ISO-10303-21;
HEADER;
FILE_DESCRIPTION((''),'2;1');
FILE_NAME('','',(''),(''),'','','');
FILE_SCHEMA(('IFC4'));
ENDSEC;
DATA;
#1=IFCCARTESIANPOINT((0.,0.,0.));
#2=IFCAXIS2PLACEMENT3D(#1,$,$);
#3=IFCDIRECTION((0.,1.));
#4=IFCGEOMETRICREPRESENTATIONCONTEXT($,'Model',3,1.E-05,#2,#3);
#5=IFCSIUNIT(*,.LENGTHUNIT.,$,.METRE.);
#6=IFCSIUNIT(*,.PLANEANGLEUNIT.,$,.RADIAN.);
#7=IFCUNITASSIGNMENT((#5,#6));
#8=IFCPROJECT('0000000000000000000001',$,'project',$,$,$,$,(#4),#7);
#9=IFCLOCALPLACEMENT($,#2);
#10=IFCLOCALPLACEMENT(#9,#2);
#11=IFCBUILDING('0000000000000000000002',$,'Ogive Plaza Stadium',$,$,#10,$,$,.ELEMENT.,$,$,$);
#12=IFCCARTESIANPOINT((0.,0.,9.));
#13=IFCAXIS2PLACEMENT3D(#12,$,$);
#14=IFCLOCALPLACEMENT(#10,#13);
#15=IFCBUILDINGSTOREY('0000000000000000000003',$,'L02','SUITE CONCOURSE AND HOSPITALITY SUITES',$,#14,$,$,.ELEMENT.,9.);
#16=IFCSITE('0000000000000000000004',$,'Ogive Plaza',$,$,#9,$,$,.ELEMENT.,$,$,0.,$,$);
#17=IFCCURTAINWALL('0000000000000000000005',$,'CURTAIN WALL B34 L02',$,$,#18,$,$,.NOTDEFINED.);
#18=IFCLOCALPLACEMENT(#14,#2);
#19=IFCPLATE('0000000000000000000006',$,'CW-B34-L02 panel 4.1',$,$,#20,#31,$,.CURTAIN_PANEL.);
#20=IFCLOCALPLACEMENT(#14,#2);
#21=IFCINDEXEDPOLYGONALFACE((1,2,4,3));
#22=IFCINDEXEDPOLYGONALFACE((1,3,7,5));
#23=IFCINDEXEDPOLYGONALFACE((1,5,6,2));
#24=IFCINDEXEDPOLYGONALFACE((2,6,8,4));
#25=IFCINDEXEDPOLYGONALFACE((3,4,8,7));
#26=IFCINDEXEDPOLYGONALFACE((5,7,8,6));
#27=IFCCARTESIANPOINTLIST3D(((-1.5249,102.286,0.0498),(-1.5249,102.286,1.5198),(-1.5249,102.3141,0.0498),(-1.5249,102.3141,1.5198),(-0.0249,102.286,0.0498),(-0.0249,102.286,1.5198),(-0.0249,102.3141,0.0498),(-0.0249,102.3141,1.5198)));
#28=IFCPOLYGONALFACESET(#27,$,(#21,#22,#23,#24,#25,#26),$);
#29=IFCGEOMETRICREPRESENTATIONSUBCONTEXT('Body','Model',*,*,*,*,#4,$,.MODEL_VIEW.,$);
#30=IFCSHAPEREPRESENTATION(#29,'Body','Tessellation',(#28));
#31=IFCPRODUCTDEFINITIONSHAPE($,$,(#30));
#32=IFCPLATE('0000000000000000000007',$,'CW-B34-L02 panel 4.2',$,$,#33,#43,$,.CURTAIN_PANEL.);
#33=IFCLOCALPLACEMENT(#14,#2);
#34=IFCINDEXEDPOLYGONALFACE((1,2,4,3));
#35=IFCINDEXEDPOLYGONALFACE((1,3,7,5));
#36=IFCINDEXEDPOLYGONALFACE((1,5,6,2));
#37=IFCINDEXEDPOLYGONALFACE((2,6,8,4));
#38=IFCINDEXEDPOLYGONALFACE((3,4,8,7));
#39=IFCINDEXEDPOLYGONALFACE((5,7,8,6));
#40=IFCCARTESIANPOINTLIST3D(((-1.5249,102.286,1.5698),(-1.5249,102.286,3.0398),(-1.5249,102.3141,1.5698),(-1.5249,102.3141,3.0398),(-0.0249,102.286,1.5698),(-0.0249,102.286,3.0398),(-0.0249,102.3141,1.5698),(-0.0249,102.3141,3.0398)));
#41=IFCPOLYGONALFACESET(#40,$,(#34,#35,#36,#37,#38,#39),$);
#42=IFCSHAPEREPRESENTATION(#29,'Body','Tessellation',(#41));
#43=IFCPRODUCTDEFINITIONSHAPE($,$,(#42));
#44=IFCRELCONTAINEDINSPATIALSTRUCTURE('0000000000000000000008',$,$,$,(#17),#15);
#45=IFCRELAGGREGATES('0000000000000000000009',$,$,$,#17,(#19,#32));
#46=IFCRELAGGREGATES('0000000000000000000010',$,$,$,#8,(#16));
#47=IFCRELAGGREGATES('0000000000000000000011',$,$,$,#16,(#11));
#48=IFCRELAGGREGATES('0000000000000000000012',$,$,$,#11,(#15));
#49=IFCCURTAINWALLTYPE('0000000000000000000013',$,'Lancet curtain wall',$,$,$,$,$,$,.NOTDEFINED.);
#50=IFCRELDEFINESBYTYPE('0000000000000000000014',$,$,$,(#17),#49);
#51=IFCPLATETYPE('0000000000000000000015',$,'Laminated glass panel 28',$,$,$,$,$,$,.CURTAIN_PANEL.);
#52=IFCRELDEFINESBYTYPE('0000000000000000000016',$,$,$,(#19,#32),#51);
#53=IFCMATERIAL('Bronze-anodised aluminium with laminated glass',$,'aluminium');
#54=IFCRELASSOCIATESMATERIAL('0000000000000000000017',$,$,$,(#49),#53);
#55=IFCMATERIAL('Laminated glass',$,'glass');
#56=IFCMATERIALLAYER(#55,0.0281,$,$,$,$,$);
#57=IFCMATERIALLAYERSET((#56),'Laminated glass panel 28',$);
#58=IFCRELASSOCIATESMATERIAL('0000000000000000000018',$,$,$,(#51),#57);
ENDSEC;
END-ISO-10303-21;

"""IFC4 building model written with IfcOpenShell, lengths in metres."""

from ifc_helpers import new_model, si_unit, direction, frame, origin, origin_2d, place, context, subcontext, project, spatial, rectangle, extrude, material, layer, layer_set, type_object, element, aggregate, save


model = new_model("IFC4")

# Units and contexts
model_context = context("Model", 3, precision=1e-05, world=origin(), true_north=direction((0.0, 1.0)))
body_context = subcontext(model_context, "Body", "Model", "MODEL_VIEW")
ifc_project = project(units=[si_unit("LENGTHUNIT", "METRE"), si_unit("PLANEANGLEUNIT", "RADIAN")], contexts=[model_context])

# Site, building, storey
site_placement = place(None, origin())
site = spatial("IfcSite", under=ifc_project, at=site_placement, Name="Ogive Plaza", CompositionType="ELEMENT", RefElevation=0.0)
building_placement = place(site_placement, origin())
building = spatial("IfcBuilding", under=site, at=building_placement, Name="Ogive Plaza Stadium", CompositionType="ELEMENT")
storey_placement = place(building_placement, frame((0.0, 0.0, 9.0)))
storey = spatial("IfcBuildingStorey", under=building, at=storey_placement, Name="L02", Description="SUITE CONCOURSE AND HOSPITALITY SUITES", CompositionType="ELEMENT", Elevation=9.0)

# Shared definitions
ifc_material_1 = material(Name="Bronze-anodised aluminium with laminated glass", Category="aluminium")
curtain_wall_type = type_object("IfcCurtainWallType", Name="Lancet curtain wall", PredefinedType="NOTDEFINED", material=ifc_material_1)

# Curtain wall
curtain_wall_1_placement = place(storey_placement, origin())
curtain_wall_1 = element("IfcCurtainWall", 1, at=curtain_wall_1_placement, inside=storey, type_object=curtain_wall_type, Name="CURTAIN WALL B34 L02", PredefinedType="NOTDEFINED")

# Plates
ifc_material_2 = material(Name="Laminated glass", Category="glass")
ifc_layer = layer(ifc_material_2, 0.0281)
ifc_layer_set = layer_set([ifc_layer], Name="Laminated glass panel 28")
plate_type = type_object("IfcPlateType", Name="Laminated glass panel 28", PredefinedType="CURTAIN_PANEL", material=ifc_layer_set)
plate_1_placement = place(storey_placement, frame((-0.7749, 102.3, 0.0498), z_axis=(0.0, 0.0, 1.0), x_axis=(1.0, 0.0, 0.0)))
plate_1 = element("IfcPlate", 2, at=plate_1_placement, type_object=plate_type, Name="CW-B34-L02 panel 4.1", PredefinedType="CURTAIN_PANEL", context=body_context, shape_type="SweptSolid", body=[
    extrude(rectangle(XDim=1.5, YDim=0.0281, at=origin_2d()), origin(), (0.0, 0.0, 1.0), 1.47),
])
plate_2_placement = place(storey_placement, frame((-0.7749, 102.3, 1.5698), z_axis=(0.0, 0.0, 1.0), x_axis=(1.0, 0.0, 0.0)))
plate_2 = element("IfcPlate", 3, at=plate_2_placement, type_object=plate_type, Name="CW-B34-L02 panel 4.2", PredefinedType="CURTAIN_PANEL", context=body_context, shape_type="SweptSolid", body=[
    extrude(rectangle(XDim=1.5, YDim=0.0281, at=origin_2d()), origin(), (0.0, 0.0, 1.0), 1.47),
])
aggregate(curtain_wall_1, [plate_1, plate_2])

save(model, "model.ifc")
